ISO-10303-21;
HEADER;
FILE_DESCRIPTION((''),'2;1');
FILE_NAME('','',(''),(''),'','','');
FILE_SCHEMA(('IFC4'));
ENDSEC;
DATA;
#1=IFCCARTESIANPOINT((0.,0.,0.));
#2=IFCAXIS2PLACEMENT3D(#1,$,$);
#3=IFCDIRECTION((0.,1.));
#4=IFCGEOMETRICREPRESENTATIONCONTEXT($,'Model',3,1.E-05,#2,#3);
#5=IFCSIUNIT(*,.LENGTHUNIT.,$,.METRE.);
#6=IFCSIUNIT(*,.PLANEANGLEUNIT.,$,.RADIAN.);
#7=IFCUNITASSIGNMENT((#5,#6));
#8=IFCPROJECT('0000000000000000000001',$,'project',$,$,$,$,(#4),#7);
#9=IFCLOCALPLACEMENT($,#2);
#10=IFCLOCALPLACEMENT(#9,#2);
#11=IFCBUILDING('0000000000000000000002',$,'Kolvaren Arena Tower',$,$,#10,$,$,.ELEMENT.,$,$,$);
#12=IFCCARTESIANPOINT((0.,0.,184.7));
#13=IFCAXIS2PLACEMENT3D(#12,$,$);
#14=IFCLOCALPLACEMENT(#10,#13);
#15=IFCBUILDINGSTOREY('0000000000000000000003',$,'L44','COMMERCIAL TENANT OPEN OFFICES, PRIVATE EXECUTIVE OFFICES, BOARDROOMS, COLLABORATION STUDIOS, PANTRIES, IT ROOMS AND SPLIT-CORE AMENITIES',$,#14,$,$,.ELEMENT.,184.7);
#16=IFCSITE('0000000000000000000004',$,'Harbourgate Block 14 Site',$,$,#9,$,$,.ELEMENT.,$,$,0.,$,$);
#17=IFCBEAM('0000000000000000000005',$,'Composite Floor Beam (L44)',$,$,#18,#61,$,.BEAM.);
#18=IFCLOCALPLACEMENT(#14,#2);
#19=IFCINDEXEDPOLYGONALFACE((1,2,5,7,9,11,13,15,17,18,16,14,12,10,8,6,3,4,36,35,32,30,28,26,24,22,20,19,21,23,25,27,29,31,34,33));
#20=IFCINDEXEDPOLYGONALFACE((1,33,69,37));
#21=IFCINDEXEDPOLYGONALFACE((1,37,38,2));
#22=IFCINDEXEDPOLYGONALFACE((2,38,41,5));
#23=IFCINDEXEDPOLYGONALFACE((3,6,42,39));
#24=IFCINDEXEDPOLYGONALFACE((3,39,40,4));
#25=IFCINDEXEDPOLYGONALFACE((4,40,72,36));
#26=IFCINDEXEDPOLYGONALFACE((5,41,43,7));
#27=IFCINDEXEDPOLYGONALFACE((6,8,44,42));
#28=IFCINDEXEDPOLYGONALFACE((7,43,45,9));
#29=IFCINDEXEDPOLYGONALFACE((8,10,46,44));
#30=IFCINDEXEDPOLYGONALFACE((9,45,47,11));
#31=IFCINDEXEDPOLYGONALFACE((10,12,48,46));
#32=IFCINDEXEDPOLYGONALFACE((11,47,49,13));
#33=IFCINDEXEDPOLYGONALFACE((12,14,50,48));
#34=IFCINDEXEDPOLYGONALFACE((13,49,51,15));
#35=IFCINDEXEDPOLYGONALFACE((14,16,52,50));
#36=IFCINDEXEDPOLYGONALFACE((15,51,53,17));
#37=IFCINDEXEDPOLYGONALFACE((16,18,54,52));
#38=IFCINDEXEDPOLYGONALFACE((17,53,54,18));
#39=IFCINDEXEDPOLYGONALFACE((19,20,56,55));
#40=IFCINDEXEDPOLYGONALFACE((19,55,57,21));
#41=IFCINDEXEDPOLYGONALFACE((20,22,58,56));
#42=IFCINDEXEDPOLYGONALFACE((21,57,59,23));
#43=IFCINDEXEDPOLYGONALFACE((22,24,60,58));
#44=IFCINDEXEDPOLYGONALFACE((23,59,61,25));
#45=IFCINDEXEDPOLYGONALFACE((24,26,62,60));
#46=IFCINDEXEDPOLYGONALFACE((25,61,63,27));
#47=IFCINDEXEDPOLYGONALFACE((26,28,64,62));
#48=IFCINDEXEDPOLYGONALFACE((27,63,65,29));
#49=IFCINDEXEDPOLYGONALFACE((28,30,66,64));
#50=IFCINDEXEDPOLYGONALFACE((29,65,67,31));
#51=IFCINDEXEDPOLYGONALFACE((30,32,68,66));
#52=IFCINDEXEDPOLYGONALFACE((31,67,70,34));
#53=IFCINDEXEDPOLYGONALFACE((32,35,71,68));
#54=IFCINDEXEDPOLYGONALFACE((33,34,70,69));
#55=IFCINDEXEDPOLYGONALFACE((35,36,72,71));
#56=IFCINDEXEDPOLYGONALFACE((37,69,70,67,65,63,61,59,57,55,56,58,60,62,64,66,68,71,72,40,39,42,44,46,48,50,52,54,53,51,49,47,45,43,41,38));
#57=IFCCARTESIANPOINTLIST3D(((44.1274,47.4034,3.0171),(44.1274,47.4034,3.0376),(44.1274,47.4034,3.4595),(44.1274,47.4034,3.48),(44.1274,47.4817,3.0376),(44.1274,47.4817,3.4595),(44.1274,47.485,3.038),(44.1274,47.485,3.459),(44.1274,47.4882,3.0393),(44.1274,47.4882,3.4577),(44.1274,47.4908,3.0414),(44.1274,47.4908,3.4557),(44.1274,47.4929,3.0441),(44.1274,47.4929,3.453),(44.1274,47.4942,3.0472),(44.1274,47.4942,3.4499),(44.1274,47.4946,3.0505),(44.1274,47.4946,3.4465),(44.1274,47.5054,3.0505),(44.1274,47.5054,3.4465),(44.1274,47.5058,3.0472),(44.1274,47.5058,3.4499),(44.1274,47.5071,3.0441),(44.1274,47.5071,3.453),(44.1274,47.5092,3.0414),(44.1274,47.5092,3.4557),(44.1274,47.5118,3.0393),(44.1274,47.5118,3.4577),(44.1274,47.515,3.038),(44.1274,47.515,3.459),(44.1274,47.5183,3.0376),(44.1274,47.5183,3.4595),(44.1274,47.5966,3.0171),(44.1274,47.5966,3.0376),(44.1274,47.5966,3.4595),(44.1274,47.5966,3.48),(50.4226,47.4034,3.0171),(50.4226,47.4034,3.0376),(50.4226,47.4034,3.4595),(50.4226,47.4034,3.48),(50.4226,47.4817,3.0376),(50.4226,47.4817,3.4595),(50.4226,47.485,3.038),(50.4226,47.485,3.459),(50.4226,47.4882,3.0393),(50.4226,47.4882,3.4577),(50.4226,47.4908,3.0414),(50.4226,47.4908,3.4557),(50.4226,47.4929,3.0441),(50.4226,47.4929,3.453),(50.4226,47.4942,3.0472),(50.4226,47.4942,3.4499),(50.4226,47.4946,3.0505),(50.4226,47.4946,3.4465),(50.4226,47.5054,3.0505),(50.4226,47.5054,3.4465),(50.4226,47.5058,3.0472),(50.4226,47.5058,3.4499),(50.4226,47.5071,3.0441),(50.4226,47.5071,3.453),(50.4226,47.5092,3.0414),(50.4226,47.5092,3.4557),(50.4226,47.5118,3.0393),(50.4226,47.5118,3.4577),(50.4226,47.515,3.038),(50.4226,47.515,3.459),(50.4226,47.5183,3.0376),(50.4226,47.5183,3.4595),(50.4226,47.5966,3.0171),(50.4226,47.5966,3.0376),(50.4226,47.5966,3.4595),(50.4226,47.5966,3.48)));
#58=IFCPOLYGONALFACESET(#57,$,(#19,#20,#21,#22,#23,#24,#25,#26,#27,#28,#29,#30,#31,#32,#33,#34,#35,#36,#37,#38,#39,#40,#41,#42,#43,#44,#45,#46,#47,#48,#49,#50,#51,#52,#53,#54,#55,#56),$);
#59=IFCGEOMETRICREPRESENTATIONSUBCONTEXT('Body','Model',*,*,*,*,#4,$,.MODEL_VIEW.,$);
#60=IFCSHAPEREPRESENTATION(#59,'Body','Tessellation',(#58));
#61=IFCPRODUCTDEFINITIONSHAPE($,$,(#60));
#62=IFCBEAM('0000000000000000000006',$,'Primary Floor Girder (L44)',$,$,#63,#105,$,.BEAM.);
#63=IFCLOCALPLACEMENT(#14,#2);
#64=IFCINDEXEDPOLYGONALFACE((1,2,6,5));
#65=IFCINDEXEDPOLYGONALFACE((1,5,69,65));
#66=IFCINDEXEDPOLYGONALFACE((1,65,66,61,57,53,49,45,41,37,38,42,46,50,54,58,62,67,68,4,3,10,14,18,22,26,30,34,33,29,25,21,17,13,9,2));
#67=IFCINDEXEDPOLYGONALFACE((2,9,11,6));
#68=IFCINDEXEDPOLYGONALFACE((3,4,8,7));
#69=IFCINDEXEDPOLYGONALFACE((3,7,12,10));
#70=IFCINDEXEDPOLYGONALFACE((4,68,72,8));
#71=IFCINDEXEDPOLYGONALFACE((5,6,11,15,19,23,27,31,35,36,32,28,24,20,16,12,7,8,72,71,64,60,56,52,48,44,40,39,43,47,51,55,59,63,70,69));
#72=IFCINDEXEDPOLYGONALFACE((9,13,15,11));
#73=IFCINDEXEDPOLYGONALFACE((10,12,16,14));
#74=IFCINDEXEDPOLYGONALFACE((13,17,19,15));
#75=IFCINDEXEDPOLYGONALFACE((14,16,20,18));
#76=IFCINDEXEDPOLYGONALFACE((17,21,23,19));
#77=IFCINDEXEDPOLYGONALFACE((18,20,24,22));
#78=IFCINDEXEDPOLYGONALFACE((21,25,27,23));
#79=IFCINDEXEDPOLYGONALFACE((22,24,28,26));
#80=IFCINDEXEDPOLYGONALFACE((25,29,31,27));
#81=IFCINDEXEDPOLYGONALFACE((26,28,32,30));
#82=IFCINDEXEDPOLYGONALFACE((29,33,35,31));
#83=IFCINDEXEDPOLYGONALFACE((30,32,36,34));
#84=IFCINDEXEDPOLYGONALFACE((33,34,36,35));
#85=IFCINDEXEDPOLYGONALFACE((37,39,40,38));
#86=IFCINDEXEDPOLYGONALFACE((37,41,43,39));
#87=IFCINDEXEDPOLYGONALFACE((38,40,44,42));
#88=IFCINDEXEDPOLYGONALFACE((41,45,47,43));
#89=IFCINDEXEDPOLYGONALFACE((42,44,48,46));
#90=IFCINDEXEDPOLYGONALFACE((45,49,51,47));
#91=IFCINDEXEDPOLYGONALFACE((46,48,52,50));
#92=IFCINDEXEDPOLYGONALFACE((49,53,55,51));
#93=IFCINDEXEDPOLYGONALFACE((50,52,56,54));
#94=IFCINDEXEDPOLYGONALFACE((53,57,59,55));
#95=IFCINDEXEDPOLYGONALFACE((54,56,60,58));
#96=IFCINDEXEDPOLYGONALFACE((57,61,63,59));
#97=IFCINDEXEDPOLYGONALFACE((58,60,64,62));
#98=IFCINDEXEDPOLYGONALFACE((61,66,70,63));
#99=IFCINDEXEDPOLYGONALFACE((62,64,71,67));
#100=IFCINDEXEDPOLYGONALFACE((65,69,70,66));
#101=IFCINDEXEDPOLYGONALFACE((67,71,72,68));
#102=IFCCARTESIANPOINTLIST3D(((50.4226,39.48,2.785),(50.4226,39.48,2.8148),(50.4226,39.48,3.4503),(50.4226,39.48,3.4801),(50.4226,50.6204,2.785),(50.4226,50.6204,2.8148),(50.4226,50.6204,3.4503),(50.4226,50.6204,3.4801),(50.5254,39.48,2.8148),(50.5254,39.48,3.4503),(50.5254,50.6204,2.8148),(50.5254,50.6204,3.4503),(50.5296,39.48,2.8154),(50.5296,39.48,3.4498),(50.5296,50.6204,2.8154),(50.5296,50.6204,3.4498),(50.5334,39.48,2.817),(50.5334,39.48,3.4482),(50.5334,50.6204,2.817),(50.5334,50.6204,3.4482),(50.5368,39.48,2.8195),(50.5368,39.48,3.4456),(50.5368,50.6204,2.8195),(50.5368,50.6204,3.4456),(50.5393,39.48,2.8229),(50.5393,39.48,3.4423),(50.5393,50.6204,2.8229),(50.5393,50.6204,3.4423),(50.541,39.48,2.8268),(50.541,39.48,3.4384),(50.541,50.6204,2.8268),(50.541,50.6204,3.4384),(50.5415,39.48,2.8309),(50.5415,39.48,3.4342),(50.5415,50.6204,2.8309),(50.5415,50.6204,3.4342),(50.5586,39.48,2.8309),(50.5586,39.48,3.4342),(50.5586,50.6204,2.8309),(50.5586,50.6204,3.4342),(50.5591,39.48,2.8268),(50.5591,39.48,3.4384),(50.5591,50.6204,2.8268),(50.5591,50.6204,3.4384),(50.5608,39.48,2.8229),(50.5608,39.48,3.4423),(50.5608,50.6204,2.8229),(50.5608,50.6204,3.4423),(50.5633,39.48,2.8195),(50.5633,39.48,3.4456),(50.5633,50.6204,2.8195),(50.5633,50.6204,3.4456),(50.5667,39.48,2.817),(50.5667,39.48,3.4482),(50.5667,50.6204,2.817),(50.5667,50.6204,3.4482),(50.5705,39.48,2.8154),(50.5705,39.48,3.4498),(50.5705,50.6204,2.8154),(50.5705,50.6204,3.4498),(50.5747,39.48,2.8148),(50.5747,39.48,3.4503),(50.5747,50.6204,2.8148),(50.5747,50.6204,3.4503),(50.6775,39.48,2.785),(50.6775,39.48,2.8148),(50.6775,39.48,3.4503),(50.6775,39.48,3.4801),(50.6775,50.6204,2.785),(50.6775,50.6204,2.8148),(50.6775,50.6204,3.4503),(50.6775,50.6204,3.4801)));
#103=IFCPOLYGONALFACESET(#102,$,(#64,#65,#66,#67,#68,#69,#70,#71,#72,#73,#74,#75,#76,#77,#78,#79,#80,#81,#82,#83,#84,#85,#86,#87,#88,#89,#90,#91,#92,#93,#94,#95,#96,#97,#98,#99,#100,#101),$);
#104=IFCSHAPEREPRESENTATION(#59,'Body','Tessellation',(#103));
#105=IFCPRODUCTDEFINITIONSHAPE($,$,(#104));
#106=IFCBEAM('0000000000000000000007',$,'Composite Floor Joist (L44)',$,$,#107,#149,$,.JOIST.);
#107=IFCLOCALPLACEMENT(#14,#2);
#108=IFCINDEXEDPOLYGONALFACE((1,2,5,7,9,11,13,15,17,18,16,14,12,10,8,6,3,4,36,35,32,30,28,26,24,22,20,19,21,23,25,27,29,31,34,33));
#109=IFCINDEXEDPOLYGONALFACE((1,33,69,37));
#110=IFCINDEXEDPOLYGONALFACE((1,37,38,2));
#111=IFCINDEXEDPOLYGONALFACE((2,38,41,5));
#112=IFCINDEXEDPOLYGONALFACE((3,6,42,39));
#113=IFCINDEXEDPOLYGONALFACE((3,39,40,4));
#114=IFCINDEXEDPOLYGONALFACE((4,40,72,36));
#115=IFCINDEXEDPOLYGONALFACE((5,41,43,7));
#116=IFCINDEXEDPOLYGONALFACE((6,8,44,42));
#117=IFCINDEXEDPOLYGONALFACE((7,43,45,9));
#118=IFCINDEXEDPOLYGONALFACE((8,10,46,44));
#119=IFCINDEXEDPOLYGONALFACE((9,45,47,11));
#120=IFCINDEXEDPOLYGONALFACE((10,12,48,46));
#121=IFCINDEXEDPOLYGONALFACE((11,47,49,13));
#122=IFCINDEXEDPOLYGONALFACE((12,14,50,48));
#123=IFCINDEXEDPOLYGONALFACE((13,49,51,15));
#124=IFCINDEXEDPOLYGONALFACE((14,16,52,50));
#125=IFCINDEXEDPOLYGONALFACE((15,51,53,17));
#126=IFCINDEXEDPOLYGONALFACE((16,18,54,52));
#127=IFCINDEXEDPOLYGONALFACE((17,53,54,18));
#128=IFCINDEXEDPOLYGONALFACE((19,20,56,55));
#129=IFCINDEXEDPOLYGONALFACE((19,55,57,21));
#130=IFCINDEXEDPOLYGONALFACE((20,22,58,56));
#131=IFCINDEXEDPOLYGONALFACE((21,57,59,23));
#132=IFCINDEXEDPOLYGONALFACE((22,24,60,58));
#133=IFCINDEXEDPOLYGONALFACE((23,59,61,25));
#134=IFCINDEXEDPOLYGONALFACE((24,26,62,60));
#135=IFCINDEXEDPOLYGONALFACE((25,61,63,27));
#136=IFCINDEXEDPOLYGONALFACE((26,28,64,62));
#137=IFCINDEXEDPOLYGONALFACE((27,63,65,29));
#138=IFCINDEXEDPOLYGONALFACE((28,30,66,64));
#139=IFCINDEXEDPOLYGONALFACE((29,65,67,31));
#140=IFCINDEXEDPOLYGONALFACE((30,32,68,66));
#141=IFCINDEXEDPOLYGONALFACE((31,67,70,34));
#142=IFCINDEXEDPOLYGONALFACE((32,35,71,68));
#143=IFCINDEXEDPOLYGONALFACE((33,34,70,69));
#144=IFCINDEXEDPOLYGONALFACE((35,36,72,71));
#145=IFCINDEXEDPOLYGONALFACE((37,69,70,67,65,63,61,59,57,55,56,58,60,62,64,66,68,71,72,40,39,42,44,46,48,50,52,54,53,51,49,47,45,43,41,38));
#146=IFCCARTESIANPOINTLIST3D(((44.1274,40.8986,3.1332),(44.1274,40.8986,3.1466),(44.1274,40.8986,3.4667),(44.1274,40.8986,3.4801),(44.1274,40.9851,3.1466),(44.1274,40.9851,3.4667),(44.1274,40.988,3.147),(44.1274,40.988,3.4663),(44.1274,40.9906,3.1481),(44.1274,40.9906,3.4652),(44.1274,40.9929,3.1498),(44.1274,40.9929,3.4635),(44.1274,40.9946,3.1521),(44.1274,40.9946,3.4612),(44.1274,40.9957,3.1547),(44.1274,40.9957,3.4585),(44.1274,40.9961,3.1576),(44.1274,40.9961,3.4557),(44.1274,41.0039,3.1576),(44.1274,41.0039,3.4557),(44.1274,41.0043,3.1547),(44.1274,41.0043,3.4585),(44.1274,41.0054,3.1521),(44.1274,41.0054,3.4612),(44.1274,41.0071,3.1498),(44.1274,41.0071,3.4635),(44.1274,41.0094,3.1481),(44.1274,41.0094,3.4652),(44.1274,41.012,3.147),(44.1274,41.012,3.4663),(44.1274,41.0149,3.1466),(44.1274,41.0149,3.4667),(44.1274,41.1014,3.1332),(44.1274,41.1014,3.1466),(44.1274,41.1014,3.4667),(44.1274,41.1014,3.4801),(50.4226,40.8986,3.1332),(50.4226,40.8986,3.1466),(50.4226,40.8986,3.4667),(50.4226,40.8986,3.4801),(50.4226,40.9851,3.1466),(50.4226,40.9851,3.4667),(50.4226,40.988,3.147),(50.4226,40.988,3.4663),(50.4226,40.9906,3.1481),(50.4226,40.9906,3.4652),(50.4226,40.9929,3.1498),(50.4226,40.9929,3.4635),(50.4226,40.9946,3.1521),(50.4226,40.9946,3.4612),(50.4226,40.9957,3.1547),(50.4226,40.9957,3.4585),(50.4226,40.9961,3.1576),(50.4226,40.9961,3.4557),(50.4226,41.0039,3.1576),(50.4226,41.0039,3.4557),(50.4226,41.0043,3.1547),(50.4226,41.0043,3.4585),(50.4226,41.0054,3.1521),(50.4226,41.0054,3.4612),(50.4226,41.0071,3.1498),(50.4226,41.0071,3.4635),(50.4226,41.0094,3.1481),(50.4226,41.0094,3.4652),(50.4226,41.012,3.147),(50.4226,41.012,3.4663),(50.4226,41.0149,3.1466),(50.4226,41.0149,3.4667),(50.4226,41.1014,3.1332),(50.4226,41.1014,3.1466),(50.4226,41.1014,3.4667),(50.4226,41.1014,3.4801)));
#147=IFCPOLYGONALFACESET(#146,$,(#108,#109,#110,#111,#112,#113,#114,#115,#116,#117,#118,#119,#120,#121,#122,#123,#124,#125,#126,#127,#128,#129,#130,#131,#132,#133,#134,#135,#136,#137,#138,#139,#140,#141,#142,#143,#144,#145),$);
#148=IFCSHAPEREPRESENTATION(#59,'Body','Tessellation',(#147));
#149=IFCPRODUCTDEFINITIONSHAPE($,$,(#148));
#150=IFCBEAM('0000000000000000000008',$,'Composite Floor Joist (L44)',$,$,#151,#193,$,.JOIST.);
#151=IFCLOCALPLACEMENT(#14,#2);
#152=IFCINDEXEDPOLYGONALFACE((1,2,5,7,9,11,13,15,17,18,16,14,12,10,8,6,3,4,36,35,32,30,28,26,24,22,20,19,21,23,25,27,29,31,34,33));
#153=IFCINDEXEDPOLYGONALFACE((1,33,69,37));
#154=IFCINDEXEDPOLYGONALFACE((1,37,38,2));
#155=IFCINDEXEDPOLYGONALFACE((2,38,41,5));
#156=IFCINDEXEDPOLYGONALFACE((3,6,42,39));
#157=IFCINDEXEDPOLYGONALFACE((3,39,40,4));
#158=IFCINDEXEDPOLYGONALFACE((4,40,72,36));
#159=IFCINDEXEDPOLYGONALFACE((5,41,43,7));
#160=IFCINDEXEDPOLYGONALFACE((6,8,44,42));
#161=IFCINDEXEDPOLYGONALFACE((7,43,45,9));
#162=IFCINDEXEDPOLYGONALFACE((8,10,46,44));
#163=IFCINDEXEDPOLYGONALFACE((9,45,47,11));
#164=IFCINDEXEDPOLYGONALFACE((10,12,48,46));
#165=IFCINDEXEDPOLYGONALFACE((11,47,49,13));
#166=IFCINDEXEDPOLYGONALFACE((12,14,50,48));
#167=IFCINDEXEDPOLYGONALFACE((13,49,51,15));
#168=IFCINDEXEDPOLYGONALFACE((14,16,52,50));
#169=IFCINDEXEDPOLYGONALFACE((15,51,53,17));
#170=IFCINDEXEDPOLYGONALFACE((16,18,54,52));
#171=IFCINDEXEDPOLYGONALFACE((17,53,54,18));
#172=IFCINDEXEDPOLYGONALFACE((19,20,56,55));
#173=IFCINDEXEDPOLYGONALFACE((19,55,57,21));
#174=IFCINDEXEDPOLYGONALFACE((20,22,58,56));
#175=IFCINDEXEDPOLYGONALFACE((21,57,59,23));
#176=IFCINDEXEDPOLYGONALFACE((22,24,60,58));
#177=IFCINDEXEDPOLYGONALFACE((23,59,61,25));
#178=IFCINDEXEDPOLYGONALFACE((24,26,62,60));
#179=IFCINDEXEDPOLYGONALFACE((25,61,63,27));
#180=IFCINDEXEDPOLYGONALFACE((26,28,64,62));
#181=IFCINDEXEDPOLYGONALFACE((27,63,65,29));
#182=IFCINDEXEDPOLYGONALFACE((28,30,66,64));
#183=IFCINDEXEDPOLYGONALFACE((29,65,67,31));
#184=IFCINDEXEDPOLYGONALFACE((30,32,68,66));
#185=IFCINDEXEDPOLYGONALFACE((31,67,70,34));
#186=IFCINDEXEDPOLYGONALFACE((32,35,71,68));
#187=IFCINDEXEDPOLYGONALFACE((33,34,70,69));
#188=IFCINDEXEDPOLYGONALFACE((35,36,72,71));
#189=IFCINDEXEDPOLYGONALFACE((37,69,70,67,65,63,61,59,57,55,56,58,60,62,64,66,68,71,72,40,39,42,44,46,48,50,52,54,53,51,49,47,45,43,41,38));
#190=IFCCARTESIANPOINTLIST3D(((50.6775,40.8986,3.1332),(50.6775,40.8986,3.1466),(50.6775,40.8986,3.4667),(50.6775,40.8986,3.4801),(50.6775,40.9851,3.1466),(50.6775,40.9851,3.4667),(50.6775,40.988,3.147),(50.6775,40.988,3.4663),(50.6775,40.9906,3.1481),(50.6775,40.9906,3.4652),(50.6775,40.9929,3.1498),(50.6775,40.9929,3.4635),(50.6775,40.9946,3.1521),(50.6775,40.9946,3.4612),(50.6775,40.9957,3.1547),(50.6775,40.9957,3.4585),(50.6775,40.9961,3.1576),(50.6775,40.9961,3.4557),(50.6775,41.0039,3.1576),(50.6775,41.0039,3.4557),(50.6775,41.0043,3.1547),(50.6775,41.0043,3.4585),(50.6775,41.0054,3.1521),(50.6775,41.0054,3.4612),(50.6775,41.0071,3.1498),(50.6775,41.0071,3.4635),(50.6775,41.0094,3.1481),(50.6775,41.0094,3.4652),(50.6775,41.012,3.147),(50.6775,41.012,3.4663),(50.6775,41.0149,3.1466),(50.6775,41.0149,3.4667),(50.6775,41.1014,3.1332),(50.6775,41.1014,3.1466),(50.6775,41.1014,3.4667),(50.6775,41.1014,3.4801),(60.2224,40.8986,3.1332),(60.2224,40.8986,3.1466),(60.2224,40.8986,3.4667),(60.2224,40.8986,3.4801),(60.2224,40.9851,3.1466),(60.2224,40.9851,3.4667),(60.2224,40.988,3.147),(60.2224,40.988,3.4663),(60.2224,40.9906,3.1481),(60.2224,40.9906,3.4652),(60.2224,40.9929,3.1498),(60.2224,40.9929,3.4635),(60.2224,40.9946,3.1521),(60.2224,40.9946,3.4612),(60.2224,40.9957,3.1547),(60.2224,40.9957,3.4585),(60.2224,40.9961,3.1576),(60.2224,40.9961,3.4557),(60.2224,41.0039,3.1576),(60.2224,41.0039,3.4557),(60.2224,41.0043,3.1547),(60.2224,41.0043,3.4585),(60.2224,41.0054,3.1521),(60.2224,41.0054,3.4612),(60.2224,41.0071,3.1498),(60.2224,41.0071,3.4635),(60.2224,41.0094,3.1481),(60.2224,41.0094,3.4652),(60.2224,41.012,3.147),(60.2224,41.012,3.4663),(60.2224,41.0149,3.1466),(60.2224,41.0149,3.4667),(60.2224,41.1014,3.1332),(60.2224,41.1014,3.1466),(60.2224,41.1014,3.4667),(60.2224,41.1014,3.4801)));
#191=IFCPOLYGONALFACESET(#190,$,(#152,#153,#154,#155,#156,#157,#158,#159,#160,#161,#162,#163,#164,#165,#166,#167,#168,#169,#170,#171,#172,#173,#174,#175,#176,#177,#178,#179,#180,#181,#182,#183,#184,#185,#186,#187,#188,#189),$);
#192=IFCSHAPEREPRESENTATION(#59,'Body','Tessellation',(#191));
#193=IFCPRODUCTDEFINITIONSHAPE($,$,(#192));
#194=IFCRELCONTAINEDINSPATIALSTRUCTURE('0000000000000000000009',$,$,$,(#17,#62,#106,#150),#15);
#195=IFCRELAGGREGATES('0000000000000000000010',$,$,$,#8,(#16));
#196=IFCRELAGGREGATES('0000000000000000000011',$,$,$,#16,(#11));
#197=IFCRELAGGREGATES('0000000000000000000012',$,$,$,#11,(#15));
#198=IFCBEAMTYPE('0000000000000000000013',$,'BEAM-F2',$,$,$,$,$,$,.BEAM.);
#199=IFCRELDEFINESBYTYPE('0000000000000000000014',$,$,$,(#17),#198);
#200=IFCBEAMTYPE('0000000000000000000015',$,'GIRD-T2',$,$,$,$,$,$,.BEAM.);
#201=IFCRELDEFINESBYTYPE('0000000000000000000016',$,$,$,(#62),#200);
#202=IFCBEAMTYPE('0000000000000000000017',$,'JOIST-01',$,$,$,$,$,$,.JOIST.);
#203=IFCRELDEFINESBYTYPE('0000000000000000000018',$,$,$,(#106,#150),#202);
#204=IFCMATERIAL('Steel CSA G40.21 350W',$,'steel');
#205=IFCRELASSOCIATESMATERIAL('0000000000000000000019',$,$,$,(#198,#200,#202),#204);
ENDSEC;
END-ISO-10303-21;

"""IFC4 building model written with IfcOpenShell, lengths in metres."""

from ifc_helpers import new_model, si_unit, direction, frame, origin, origin_2d, place, context, subcontext, project, spatial, i_section, extrude, material, material_profile, profile_set, type_object, element, save


model = new_model("IFC4")

# Units and contexts
model_context = context("Model", 3, precision=1e-05, world=origin(), true_north=direction((0.0, 1.0)))
body_context = subcontext(model_context, "Body", "Model", "MODEL_VIEW")
ifc_project = project(units=[si_unit("LENGTHUNIT", "METRE"), si_unit("PLANEANGLEUNIT", "RADIAN")], contexts=[model_context])

# Site, building, storey
site_placement = place(None, origin())
site = spatial("IfcSite", under=ifc_project, at=site_placement, Name="Harbourgate Block 14 Site", CompositionType="ELEMENT", RefElevation=0.0)
building_placement = place(site_placement, origin())
building = spatial("IfcBuilding", under=site, at=building_placement, Name="Kolvaren Arena Tower", CompositionType="ELEMENT")
storey_placement = place(building_placement, frame((0.0, 0.0, 184.7)))
storey = spatial("IfcBuildingStorey", under=building, at=storey_placement, Name="L44", Description="COMMERCIAL TENANT OPEN OFFICES, PRIVATE EXECUTIVE OFFICES, BOARDROOMS, COLLABORATION STUDIOS, PANTRIES, IT ROOMS AND SPLIT-CORE AMENITIES", CompositionType="ELEMENT", Elevation=184.7)

# Beams
ifc_material_1 = material(Name="Steel CSA G40.21 350W", Category="steel")
ifc_material_profile_1 = material_profile(ifc_material_1, i_section(OverallWidth=0.1931, OverallDepth=0.4629, WebThickness=0.0107, FlangeThickness=0.0205, FilletRadius=0.0129, at=origin_2d()), Name="W460x113")
ifc_profile_set_1 = profile_set([ifc_material_profile_1], Name="Steel CSA G40.21 350W")
beam_type_1 = type_object("IfcBeamType", Name="BEAM-F2", PredefinedType="BEAM", material=ifc_profile_set_1)
beam_1_placement = place(storey_placement, frame((44.1274, 47.5, 3.2485), z_axis=(1.0, 0.0, 0.0), x_axis=(0.0, 1.0, 0.0)))
element("IfcBeam", 1, at=beam_1_placement, inside=storey, type_object=beam_type_1, Name="Composite Floor Beam (L44)", PredefinedType="BEAM", context=body_context, shape_type="SweptSolid", body=[
    extrude(i_section(OverallWidth=0.1931, OverallDepth=0.4629, WebThickness=0.0107, FlangeThickness=0.0205, FilletRadius=0.0129, at=origin_2d()), origin(), (0.0, 0.0, 1.0), 6.2952),
])
ifc_material_profile_2 = material_profile(ifc_material_1, i_section(OverallWidth=0.2549, OverallDepth=0.6951, WebThickness=0.0171, FlangeThickness=0.0298, FilletRadius=0.0161, at=origin_2d()), Name="W690x217")
ifc_profile_set_2 = profile_set([ifc_material_profile_2], Name="Steel CSA G40.21 350W")
beam_type_2 = type_object("IfcBeamType", Name="GIRD-T2", PredefinedType="BEAM", material=ifc_profile_set_2)
beam_2_placement = place(storey_placement, frame((50.55, 39.48, 3.1326), z_axis=(0.0, 1.0, 0.0), x_axis=(-1.0, 0.0, 0.0)))
element("IfcBeam", 2, at=beam_2_placement, inside=storey, type_object=beam_type_2, Name="Primary Floor Girder (L44)", PredefinedType="BEAM", context=body_context, shape_type="SweptSolid", body=[
    extrude(i_section(OverallWidth=0.2549, OverallDepth=0.6951, WebThickness=0.0171, FlangeThickness=0.0298, FilletRadius=0.0161, at=origin_2d()), origin(), (0.0, 0.0, 1.0), 11.1404),
])
ifc_material_profile_3 = material_profile(ifc_material_1, i_section(OverallWidth=0.2029, OverallDepth=0.3469, WebThickness=0.0078, FlangeThickness=0.0134, FilletRadius=0.011, at=origin_2d()), Name="W360x64")
ifc_profile_set_3 = profile_set([ifc_material_profile_3], Name="Steel CSA G40.21 350W")
beam_type_3 = type_object("IfcBeamType", Name="JOIST-01", PredefinedType="JOIST", material=ifc_profile_set_3)
beam_3_placement = place(storey_placement, frame((44.1274, 41.0, 3.3066), z_axis=(1.0, 0.0, 0.0), x_axis=(0.0, 1.0, 0.0)))
element("IfcBeam", 3, at=beam_3_placement, inside=storey, type_object=beam_type_3, Name="Composite Floor Joist (L44)", PredefinedType="JOIST", context=body_context, shape_type="SweptSolid", body=[
    extrude(i_section(OverallWidth=0.2029, OverallDepth=0.3469, WebThickness=0.0078, FlangeThickness=0.0134, FilletRadius=0.011, at=origin_2d()), origin(), (0.0, 0.0, 1.0), 6.2952),
])
beam_4_placement = place(storey_placement, frame((50.6775, 41.0, 3.3066), z_axis=(1.0, 0.0, 0.0), x_axis=(0.0, 1.0, 0.0)))
element("IfcBeam", 4, at=beam_4_placement, inside=storey, type_object=beam_type_3, Name="Composite Floor Joist (L44)", PredefinedType="JOIST", context=body_context, shape_type="SweptSolid", body=[
    extrude(i_section(OverallWidth=0.2029, OverallDepth=0.3469, WebThickness=0.0078, FlangeThickness=0.0134, FilletRadius=0.011, at=origin_2d()), origin(), (0.0, 0.0, 1.0), 9.5449),
])

save(model, "model.ifc")
